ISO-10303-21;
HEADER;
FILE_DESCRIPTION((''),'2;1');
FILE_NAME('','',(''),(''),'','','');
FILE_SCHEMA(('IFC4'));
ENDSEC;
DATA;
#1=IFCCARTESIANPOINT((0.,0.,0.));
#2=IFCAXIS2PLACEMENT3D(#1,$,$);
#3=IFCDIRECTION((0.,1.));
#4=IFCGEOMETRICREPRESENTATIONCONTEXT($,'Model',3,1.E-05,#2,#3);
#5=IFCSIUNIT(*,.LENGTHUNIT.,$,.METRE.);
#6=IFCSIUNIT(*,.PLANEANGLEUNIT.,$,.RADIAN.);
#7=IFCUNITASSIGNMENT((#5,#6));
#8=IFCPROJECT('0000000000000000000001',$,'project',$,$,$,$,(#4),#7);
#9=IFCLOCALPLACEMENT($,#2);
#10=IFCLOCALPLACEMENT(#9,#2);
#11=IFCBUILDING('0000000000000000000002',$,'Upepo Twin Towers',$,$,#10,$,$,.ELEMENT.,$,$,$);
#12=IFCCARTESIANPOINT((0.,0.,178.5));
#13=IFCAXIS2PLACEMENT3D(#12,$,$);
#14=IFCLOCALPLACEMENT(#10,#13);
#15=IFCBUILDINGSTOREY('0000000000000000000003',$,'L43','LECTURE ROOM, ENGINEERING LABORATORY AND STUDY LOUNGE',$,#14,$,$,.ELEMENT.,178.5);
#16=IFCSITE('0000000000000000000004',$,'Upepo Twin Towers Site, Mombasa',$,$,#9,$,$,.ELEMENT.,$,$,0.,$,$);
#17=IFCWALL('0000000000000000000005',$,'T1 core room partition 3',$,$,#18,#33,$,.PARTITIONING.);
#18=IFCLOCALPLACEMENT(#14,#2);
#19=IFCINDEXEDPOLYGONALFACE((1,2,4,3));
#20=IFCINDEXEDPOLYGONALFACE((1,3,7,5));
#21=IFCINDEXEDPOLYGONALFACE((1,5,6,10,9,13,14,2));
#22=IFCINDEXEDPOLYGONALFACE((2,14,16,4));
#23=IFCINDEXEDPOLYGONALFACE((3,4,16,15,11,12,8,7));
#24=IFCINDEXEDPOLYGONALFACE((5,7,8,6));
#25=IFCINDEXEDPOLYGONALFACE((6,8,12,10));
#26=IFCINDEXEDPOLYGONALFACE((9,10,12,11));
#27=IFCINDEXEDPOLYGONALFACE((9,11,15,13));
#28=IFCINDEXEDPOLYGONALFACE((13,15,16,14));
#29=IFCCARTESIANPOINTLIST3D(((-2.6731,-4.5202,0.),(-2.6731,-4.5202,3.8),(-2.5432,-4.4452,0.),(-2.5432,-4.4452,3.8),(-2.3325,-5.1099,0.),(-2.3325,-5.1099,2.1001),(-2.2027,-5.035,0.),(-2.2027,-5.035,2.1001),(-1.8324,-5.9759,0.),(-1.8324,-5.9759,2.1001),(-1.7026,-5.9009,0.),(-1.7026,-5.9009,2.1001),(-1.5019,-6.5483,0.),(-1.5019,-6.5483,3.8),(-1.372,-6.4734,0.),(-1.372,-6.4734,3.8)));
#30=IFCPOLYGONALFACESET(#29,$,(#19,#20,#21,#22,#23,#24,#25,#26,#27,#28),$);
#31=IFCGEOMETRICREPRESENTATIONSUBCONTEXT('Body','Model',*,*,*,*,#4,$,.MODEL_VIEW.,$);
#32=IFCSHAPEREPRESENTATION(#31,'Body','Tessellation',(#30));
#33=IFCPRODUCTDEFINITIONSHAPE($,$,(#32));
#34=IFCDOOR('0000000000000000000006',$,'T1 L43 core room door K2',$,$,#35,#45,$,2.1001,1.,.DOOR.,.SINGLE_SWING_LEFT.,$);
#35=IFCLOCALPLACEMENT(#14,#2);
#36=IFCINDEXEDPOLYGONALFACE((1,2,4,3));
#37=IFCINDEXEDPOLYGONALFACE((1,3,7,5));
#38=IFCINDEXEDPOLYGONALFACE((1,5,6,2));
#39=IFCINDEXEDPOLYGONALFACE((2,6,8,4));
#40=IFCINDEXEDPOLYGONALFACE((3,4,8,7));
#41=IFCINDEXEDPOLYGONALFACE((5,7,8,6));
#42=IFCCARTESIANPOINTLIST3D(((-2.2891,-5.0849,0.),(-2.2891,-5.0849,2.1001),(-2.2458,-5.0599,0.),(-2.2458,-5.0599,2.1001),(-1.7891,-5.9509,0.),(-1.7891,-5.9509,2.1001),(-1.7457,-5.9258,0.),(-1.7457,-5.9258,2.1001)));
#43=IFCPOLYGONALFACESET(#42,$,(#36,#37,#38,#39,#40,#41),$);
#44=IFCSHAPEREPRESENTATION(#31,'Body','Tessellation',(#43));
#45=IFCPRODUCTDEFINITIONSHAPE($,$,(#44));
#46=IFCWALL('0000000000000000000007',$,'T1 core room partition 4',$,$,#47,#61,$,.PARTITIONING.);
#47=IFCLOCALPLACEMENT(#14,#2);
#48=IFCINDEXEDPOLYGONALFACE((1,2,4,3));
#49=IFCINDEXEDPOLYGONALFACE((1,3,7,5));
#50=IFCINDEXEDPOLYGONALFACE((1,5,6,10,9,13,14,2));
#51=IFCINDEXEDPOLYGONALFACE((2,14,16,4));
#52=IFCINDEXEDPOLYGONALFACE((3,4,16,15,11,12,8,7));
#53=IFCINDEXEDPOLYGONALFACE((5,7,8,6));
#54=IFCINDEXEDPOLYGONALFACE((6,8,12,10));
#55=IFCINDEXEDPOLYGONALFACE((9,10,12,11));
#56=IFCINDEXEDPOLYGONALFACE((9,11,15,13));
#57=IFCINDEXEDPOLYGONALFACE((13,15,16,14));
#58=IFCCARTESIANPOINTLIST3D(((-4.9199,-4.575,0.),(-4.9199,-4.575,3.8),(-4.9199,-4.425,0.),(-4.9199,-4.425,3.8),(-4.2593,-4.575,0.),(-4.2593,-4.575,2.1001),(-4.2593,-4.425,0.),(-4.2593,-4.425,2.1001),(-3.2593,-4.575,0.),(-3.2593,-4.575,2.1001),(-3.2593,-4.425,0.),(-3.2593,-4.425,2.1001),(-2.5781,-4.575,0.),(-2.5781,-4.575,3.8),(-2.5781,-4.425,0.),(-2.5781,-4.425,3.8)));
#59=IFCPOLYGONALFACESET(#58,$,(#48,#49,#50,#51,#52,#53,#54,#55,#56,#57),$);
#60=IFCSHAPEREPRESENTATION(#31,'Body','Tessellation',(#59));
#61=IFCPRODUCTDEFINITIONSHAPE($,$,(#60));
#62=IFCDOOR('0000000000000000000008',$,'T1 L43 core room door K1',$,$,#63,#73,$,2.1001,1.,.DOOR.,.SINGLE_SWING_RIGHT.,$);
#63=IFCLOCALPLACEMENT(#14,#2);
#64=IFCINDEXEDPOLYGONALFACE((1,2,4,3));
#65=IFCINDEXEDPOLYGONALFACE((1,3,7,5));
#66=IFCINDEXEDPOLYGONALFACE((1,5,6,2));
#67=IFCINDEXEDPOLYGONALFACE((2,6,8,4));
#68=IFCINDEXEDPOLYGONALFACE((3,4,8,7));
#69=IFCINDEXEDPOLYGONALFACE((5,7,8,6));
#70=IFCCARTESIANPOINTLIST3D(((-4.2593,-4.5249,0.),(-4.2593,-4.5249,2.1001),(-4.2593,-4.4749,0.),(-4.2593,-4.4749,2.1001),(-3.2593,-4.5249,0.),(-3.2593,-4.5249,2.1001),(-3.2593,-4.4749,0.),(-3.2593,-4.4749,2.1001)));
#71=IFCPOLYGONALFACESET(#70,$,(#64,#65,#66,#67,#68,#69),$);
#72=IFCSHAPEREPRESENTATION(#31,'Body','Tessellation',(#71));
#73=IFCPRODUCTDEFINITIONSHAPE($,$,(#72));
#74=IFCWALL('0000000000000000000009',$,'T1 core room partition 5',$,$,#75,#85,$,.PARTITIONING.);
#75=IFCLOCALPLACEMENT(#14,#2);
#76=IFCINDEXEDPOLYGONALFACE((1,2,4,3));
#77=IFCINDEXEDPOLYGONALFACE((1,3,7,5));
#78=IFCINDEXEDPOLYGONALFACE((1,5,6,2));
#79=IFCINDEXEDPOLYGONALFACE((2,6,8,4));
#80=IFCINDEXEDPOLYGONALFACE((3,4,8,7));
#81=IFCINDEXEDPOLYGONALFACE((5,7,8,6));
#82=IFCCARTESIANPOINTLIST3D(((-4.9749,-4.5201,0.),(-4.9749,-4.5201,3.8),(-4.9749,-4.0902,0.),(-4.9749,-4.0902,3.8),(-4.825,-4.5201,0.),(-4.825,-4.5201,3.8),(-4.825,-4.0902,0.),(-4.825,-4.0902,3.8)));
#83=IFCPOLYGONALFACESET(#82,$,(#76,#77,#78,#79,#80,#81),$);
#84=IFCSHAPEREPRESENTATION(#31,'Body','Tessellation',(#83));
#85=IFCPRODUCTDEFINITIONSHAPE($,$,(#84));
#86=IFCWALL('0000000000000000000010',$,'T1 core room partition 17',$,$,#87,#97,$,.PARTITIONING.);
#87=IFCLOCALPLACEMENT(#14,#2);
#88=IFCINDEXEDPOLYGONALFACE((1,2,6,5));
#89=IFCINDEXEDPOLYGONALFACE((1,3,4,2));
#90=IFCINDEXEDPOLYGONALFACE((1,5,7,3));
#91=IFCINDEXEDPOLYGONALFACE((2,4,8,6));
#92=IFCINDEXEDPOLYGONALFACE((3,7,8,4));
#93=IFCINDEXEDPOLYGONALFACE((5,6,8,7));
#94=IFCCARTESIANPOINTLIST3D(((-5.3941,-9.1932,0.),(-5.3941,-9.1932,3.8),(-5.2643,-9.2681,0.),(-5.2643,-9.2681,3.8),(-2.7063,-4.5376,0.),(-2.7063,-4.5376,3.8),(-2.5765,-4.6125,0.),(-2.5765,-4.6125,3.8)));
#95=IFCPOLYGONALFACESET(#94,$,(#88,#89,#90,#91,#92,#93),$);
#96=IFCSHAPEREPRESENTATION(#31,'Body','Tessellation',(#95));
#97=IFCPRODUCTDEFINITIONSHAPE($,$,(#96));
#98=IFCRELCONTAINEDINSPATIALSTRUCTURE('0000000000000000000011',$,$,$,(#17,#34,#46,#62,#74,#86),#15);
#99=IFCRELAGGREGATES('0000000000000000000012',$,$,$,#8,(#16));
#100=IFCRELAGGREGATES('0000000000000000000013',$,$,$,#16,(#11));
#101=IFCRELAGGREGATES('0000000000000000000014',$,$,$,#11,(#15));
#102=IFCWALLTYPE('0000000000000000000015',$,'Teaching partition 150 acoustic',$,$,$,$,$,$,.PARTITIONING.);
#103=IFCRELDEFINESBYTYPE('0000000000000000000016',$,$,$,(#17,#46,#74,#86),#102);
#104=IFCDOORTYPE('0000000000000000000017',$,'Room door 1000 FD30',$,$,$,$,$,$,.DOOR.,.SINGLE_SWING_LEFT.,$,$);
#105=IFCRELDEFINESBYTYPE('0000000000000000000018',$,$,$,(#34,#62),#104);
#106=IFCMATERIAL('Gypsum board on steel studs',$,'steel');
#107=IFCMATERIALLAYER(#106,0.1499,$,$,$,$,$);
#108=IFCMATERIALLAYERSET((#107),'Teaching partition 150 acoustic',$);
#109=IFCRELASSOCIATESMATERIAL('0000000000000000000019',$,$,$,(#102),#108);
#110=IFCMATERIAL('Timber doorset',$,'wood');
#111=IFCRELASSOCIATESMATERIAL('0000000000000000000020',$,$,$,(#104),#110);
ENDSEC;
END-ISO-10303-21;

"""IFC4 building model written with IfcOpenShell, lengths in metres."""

from ifc_helpers import new_model, si_unit, direction, frame, frame_2d, origin, place, context, subcontext, project, spatial, rectangle, extrude, material, layer, layer_set, type_object, element, fill, save


model = new_model("IFC4")

# Units and contexts
model_context = context("Model", 3, precision=1e-05, world=origin(), true_north=direction((0.0, 1.0)))
body_context = subcontext(model_context, "Body", "Model", "MODEL_VIEW")
ifc_project = project(units=[si_unit("LENGTHUNIT", "METRE"), si_unit("PLANEANGLEUNIT", "RADIAN")], contexts=[model_context])

# Site, building, storey
site_placement = place(None, origin())
site = spatial("IfcSite", under=ifc_project, at=site_placement, Name="Upepo Twin Towers Site, Mombasa", CompositionType="ELEMENT", RefElevation=0.0)
building_placement = place(site_placement, origin())
building = spatial("IfcBuilding", under=site, at=building_placement, Name="Upepo Twin Towers", CompositionType="ELEMENT")
storey_placement = place(building_placement, frame((0.0, 0.0, 178.5)))
storey = spatial("IfcBuildingStorey", under=building, at=storey_placement, Name="L43", Description="LECTURE ROOM, ENGINEERING LABORATORY AND STUDY LOUNGE", CompositionType="ELEMENT", Elevation=178.5)

# Shared definitions
ifc_material_1 = material(Name="Gypsum board on steel studs", Category="steel")
ifc_layer_1 = layer(ifc_material_1, 0.1499)
ifc_layer_set_1 = layer_set([ifc_layer_1], Name="Teaching partition 150 acoustic")
wall_type_1 = type_object("IfcWallType", Name="Teaching partition 150 acoustic", PredefinedType="PARTITIONING", material=ifc_layer_set_1)

# Walls, openings, doors
wall_1_placement = place(storey_placement, frame((-1.437, -6.5107, 0.0), z_axis=(0.0, 0.0, 1.0), x_axis=(-0.500074, 0.865982, 0.0)))
wall_1 = element("IfcWall", 1, at=wall_1_placement, inside=storey, type_object=wall_type_1, Name="T1 core room partition 3", PredefinedType="PARTITIONING", context=body_context, shape_type="SweptSolid", body=[
    extrude(rectangle(XDim=2.342, YDim=0.1499, at=frame_2d((1.1709, 0.0))), origin(), (0.0, 0.0, 1.0), 3.8),
])
opening_1_placement = place(wall_1_placement, frame((0.6609, 0.0, 0.0)))
opening_1 = element("IfcOpeningElement", 2, at=opening_1_placement, cuts=wall_1, PredefinedType="OPENING", context=body_context, shape_type="SweptSolid", body=[
    extrude(rectangle(XDim=1.0, YDim=2.1001, at=frame_2d((0.5, 1.05))), frame((0.0, 0.085, 0.0), z_axis=(0.0, -1.0, 0.0), x_axis=(1.0, 0.0, 0.0)), (0.0, 0.0, 1.0), 0.1699),
])
ifc_material_2 = material(Name="Timber doorset", Category="wood")
door_type_1 = type_object("IfcDoorType", Name="Room door 1000 FD30", OperationType="SINGLE_SWING_LEFT", PredefinedType="DOOR", material=ifc_material_2)
door_1_placement = place(opening_1_placement, origin())
door_1 = element("IfcDoor", 3, at=door_1_placement, inside=storey, type_object=door_type_1, Name="T1 L43 core room door K2", OperationType="SINGLE_SWING_LEFT", OverallHeight=2.1001, OverallWidth=1.0, PredefinedType="DOOR", context=body_context, shape_type="SweptSolid", body=[
    extrude(rectangle(XDim=1.0, YDim=2.1001, at=frame_2d((0.5, 1.05))), frame((0.0, 0.0249, 0.0), z_axis=(0.0, -1.0, 0.0), x_axis=(1.0, 0.0, 0.0)), (0.0, 0.0, 1.0), 0.05),
])
fill(opening_1, door_1)
wall_2_placement = place(storey_placement, frame((-2.5781, -4.5, 0.0), z_axis=(0.0, 0.0, 1.0), x_axis=(-1.0, 0.0, 0.0)))
wall_2 = element("IfcWall", 4, at=wall_2_placement, inside=storey, type_object=wall_type_1, Name="T1 core room partition 4", PredefinedType="PARTITIONING", context=body_context, shape_type="SweptSolid", body=[
    extrude(rectangle(XDim=2.3418, YDim=0.1499, at=frame_2d((1.1709, 0.0))), origin(), (0.0, 0.0, 1.0), 3.8),
])
opening_2_placement = place(wall_2_placement, frame((0.6812, 0.0, 0.0)))
opening_2 = element("IfcOpeningElement", 5, at=opening_2_placement, cuts=wall_2, PredefinedType="OPENING", context=body_context, shape_type="SweptSolid", body=[
    extrude(rectangle(XDim=1.0, YDim=2.1001, at=frame_2d((0.5, 1.05))), frame((0.0, 0.085, 0.0), z_axis=(0.0, -1.0, 0.0), x_axis=(1.0, 0.0, 0.0)), (0.0, 0.0, 1.0), 0.1699),
])
door_2_placement = place(opening_2_placement, origin())
door_2 = element("IfcDoor", 6, at=door_2_placement, inside=storey, type_object=door_type_1, Name="T1 L43 core room door K1", OperationType="SINGLE_SWING_RIGHT", OverallHeight=2.1001, OverallWidth=1.0, PredefinedType="DOOR", context=body_context, shape_type="SweptSolid", body=[
    extrude(rectangle(XDim=1.0, YDim=2.1001, at=frame_2d((0.5, 1.05))), frame((0.0, 0.0249, 0.0), z_axis=(0.0, -1.0, 0.0), x_axis=(1.0, 0.0, 0.0)), (0.0, 0.0, 1.0), 0.05),
])
fill(opening_2, door_2)

# Walls
wall_3_placement = place(storey_placement, frame((-4.8999, -4.52, 0.0), z_axis=(0.0, 0.0, 1.0), x_axis=(0.0, 1.0, 0.0)))
element("IfcWall", 7, at=wall_3_placement, inside=storey, type_object=wall_type_1, Name="T1 core room partition 5", PredefinedType="PARTITIONING", context=body_context, shape_type="SweptSolid", body=[
    extrude(rectangle(XDim=0.4299, YDim=0.1499, at=frame_2d((0.2148, 0.0))), origin(), (0.0, 0.0, 1.0), 3.8),
])
wall_4_placement = place(storey_placement, frame((-2.6414, -4.575, 0.0), z_axis=(0.0, 0.0, 1.0), x_axis=(-0.499983, -0.866035, 0.0)))
element("IfcWall", 8, at=wall_4_placement, inside=storey, type_object=wall_type_1, Name="T1 core room partition 17", PredefinedType="PARTITIONING", context=body_context, shape_type="SweptSolid", body=[
    extrude(rectangle(XDim=5.3757, YDim=0.1499, at=frame_2d((2.688, 0.0))), origin(), (0.0, 0.0, 1.0), 3.8),
])

save(model, "model.ifc")
